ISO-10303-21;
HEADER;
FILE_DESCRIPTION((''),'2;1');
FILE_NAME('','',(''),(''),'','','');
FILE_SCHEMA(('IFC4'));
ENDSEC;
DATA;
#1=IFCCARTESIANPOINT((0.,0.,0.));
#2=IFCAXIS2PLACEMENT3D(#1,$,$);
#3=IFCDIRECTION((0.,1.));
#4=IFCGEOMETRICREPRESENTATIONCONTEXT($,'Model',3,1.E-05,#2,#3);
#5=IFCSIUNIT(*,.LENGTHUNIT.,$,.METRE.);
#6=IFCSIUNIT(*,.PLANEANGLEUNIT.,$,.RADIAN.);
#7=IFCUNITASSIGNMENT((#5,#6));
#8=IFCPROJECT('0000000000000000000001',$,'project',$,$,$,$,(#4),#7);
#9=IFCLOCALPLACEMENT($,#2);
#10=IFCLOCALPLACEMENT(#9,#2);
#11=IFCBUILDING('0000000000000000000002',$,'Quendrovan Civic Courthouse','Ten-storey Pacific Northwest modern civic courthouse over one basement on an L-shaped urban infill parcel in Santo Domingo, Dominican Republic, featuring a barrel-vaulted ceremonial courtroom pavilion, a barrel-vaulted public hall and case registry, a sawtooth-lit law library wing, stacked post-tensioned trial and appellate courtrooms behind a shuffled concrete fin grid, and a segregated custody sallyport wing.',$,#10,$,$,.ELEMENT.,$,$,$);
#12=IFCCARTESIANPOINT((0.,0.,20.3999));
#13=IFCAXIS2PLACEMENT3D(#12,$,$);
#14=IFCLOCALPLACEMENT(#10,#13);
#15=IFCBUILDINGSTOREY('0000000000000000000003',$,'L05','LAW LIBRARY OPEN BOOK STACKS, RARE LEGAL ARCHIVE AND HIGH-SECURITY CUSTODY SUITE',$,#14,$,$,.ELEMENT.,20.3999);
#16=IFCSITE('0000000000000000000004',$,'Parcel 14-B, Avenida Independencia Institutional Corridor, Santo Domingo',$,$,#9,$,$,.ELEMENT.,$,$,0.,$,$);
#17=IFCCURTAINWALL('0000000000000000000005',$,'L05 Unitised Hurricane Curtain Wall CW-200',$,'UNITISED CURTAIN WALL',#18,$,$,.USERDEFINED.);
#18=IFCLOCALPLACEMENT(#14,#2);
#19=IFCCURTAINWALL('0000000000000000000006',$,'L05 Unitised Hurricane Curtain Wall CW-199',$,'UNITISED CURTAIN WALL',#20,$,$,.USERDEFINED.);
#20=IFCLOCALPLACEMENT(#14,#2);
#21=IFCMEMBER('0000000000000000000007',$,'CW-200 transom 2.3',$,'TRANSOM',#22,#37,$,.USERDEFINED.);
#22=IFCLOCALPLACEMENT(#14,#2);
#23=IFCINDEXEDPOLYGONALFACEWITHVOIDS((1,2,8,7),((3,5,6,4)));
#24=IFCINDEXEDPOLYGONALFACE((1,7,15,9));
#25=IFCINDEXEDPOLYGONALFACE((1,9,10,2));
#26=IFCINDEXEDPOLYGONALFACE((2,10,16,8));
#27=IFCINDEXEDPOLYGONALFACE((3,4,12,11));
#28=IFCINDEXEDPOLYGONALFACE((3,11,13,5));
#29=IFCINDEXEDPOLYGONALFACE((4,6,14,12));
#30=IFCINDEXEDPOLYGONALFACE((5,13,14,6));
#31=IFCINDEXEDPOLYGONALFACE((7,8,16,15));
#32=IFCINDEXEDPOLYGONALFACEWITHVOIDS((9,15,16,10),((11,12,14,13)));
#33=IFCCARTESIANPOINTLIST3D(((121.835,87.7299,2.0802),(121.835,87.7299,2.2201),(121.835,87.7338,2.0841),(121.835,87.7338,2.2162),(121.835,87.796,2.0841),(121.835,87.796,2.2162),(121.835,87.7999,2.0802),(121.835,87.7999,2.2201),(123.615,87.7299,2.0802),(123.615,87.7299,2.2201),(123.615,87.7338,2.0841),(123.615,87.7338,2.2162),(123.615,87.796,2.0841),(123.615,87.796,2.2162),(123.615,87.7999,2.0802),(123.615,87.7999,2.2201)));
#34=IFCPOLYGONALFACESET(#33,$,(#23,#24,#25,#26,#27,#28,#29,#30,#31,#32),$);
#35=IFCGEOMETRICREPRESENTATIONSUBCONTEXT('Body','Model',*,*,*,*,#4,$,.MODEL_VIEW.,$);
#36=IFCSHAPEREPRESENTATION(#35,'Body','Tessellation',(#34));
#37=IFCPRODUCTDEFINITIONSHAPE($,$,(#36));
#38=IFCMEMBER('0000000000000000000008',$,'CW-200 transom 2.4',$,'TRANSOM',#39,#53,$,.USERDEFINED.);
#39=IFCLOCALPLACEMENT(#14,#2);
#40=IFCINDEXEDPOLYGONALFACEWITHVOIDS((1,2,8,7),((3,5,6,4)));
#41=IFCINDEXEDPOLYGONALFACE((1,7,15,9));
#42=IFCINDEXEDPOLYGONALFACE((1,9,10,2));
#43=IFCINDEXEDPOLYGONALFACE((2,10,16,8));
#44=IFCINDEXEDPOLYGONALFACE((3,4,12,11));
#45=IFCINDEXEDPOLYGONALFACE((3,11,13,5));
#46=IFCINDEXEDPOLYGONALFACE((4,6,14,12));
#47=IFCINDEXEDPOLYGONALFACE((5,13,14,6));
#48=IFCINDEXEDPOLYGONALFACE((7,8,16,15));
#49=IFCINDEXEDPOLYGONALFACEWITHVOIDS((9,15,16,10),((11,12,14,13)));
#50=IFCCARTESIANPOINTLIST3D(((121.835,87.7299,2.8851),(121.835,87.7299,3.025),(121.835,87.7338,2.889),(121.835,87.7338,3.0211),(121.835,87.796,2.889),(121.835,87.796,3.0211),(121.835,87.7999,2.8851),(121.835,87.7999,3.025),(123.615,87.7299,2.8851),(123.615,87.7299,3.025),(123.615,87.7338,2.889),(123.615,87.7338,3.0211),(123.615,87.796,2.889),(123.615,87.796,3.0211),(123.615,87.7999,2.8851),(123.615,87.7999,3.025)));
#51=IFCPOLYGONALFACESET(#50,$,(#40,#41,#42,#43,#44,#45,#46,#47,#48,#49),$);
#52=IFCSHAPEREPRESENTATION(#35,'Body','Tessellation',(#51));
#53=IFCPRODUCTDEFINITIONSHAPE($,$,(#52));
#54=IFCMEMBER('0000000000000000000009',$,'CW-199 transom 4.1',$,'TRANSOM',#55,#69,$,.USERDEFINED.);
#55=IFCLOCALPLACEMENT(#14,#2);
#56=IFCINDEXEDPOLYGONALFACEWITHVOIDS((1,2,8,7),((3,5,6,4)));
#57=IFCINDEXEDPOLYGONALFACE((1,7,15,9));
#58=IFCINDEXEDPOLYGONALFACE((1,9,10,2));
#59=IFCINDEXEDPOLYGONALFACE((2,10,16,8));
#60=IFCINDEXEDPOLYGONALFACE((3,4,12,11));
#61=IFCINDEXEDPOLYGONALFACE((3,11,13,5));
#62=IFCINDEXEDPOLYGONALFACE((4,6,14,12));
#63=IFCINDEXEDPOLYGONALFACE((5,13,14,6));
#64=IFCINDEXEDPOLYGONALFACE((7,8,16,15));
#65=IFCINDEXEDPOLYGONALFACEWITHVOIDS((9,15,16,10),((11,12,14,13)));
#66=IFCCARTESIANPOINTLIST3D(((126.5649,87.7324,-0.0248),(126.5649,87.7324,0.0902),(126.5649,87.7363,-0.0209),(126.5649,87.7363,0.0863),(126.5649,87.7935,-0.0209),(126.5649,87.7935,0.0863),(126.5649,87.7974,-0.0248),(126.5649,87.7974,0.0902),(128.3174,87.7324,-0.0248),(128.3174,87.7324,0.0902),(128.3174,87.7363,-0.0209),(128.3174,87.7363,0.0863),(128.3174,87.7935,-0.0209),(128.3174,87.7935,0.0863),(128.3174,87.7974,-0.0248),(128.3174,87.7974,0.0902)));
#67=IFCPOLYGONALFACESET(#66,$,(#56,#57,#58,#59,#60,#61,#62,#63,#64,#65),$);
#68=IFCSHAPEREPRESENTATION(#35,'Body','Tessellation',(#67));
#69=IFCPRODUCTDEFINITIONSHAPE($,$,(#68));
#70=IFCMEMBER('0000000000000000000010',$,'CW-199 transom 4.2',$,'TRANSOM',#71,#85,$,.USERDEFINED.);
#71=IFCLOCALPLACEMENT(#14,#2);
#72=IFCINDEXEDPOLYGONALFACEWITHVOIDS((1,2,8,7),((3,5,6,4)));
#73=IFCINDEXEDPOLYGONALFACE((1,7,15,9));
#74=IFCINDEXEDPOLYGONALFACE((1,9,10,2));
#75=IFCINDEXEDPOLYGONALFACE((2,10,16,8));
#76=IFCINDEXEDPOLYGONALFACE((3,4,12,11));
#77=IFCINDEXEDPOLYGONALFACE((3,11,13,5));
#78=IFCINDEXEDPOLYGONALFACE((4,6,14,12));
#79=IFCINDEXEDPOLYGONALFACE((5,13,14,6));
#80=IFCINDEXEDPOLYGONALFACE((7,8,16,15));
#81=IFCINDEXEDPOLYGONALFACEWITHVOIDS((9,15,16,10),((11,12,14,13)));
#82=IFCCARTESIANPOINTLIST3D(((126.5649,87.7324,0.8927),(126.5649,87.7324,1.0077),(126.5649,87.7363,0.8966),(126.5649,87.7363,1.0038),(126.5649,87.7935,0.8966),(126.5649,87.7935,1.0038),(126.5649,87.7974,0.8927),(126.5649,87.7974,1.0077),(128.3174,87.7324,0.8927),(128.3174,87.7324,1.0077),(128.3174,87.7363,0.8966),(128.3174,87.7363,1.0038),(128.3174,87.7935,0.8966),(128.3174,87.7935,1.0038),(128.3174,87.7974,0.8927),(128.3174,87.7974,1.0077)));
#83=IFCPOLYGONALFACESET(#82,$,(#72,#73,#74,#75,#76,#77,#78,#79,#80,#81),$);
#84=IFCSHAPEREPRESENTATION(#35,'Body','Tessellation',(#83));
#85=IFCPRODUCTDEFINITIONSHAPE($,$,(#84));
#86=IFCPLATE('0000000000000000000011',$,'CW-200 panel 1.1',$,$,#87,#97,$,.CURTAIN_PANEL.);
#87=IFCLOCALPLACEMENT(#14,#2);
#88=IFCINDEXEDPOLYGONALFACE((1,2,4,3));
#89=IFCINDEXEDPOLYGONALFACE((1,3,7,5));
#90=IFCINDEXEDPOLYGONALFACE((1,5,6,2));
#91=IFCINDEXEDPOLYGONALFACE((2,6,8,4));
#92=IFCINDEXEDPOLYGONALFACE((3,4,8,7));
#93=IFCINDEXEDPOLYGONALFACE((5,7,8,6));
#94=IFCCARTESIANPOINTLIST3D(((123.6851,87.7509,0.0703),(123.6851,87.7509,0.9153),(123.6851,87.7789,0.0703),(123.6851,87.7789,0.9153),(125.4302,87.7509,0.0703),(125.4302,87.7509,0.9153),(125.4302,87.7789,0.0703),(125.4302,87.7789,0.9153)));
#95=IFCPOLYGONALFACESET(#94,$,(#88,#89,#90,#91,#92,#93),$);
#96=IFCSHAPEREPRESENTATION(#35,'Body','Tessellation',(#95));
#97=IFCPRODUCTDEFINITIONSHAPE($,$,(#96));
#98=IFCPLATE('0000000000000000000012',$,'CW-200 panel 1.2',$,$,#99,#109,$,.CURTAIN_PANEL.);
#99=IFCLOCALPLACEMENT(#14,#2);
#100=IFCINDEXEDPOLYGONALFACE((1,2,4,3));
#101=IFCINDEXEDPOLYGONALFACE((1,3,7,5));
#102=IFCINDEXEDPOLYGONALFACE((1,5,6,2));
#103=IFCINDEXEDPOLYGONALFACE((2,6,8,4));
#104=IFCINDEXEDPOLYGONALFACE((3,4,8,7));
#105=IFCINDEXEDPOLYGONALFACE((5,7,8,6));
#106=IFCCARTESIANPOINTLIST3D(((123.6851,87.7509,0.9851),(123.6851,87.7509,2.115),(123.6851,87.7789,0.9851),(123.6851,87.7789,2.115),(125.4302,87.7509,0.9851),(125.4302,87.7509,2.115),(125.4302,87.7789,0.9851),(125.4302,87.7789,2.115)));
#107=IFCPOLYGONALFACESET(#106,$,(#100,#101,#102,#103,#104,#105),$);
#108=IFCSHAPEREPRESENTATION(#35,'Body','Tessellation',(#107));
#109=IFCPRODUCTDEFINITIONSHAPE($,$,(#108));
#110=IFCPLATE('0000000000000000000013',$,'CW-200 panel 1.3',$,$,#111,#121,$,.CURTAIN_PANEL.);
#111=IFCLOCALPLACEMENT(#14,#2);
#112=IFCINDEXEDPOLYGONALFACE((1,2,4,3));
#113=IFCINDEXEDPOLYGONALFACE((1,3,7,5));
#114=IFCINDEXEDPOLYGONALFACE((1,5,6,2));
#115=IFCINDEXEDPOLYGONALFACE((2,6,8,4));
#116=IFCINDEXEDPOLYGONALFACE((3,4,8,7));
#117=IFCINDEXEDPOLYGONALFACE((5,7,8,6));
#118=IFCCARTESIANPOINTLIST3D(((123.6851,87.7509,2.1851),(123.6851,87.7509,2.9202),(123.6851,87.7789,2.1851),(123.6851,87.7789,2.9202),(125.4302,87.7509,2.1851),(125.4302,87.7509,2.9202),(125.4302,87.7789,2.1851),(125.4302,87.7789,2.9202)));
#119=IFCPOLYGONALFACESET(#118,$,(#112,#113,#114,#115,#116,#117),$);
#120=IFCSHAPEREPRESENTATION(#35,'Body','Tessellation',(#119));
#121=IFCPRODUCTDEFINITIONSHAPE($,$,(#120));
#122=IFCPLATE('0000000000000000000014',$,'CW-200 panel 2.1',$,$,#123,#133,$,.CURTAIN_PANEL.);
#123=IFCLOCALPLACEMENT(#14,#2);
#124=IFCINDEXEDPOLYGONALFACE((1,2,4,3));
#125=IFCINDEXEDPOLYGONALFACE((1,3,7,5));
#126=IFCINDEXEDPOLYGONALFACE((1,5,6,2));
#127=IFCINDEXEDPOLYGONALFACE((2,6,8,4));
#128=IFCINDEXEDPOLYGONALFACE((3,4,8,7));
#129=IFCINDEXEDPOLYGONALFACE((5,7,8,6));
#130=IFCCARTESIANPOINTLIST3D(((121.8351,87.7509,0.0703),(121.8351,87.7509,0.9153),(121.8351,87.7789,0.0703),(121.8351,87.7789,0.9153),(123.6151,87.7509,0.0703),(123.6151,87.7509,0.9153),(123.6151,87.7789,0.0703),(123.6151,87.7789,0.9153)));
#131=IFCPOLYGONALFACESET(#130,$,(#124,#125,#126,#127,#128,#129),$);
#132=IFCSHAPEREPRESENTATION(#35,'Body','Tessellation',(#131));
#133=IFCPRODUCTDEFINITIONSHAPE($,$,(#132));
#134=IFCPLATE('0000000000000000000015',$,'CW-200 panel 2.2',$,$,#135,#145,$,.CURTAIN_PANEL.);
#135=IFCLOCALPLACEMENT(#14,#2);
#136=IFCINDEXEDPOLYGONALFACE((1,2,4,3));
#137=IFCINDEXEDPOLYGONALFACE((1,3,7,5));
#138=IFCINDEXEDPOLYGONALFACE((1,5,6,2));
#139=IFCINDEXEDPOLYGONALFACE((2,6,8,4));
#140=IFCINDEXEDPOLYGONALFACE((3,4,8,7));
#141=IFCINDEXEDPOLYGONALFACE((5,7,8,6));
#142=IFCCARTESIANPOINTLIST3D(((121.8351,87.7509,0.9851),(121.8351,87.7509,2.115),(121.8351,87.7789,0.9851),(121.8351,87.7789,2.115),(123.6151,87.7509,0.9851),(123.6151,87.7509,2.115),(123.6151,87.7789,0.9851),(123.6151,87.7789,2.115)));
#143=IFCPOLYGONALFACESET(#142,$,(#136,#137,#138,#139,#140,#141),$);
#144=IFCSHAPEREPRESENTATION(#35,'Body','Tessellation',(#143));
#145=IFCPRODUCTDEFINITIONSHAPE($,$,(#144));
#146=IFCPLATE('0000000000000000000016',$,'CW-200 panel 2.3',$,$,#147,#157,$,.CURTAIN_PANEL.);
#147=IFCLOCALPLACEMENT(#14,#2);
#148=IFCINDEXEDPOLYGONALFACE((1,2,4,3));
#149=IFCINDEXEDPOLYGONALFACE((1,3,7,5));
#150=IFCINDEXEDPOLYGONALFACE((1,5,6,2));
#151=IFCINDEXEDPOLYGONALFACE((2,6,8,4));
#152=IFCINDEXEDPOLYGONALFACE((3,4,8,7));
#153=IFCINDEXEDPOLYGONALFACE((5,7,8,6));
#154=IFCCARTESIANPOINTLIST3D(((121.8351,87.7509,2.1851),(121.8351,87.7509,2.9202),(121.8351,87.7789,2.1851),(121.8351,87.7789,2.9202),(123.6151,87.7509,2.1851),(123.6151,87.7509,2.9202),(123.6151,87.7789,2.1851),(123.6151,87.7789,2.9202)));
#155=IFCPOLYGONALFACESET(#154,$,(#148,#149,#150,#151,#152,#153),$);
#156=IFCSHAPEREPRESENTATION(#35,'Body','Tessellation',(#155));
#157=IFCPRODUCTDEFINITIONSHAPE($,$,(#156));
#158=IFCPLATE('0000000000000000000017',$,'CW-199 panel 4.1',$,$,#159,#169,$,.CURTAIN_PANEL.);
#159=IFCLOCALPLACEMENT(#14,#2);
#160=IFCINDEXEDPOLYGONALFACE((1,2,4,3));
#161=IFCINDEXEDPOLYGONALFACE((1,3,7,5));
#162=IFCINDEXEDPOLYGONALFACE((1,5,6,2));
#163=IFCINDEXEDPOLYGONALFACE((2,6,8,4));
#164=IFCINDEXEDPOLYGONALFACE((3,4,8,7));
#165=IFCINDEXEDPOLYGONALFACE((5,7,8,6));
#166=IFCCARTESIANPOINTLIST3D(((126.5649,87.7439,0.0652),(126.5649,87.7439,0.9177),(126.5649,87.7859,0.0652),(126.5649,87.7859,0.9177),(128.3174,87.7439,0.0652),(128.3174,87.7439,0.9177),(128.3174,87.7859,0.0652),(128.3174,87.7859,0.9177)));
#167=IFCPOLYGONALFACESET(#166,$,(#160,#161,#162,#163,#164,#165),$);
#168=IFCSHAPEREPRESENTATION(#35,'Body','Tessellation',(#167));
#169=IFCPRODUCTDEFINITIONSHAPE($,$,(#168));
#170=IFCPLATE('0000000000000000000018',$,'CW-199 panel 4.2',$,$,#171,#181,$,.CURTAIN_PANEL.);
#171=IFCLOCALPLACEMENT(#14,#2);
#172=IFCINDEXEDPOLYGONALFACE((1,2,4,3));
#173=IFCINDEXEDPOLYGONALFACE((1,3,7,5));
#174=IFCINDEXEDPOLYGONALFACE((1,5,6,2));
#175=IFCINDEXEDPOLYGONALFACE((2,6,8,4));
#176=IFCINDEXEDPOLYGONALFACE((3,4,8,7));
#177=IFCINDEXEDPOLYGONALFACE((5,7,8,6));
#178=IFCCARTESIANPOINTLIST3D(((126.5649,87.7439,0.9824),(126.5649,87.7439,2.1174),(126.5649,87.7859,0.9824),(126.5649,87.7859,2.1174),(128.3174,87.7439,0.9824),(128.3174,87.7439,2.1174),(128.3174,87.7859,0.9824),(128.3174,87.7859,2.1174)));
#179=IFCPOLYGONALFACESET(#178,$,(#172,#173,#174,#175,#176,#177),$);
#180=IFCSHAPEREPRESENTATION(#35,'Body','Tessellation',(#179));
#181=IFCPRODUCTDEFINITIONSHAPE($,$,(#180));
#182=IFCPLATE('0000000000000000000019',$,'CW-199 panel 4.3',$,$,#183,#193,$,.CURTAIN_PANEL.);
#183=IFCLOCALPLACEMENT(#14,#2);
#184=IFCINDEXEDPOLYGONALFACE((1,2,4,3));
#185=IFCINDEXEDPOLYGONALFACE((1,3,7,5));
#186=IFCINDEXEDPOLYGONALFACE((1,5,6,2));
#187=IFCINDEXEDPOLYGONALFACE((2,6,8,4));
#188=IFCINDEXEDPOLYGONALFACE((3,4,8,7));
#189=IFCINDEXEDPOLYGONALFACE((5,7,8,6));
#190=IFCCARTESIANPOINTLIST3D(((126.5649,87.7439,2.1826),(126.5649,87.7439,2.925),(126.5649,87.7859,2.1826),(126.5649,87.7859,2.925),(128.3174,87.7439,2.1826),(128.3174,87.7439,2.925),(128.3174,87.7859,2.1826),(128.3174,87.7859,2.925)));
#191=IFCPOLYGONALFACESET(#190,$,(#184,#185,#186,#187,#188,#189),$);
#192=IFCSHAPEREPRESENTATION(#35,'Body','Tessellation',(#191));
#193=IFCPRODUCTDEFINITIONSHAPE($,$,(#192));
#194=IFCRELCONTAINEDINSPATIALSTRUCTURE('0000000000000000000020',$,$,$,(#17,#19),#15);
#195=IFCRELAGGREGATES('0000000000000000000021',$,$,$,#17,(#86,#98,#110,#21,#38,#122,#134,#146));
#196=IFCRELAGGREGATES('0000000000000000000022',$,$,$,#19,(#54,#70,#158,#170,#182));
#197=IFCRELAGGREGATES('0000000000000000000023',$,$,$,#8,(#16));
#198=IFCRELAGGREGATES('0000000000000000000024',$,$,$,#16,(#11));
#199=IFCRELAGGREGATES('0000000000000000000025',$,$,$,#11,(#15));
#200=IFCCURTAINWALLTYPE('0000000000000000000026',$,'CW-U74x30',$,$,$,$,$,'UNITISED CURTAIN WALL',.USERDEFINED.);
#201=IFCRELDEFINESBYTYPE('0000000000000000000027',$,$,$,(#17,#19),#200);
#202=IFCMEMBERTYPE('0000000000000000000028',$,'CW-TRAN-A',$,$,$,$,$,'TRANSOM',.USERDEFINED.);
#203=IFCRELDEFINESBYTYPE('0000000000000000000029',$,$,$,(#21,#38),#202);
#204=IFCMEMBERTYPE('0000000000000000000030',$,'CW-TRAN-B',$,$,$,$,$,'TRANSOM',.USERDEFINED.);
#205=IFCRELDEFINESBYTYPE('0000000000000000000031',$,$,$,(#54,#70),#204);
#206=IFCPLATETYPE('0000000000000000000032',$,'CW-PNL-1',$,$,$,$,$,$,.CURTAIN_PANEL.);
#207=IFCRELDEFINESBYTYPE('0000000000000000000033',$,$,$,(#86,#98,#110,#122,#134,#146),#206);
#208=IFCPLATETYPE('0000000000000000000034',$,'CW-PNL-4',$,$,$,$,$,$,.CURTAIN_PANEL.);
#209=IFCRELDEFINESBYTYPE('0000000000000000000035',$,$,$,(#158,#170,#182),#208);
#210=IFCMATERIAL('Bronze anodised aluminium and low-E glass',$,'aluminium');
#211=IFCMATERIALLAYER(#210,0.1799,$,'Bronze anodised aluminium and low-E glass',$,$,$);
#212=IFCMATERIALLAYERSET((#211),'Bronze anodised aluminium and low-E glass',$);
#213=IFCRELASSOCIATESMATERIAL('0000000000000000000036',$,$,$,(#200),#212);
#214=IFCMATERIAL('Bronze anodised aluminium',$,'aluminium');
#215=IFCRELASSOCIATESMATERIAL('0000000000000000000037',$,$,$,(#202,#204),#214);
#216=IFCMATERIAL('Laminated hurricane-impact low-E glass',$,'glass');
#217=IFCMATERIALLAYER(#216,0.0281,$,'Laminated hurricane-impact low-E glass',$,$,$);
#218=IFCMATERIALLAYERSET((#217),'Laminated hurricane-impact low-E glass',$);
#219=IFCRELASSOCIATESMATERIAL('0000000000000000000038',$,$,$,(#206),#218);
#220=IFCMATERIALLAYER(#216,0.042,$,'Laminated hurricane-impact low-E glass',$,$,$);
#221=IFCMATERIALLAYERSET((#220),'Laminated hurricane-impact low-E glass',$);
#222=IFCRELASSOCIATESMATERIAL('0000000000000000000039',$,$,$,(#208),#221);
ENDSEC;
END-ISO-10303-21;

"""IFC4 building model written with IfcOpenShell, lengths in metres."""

from ifc_helpers import new_model, si_unit, direction, frame, origin, origin_2d, place, context, subcontext, project, spatial, rectangle, hollow_rectangle, extrude, material, layer, layer_set, material_profile, profile_set, type_object, element, aggregate, save


model = new_model("IFC4")

# Units and contexts
model_context = context("Model", 3, precision=1e-05, world=origin(), true_north=direction((0.0, 1.0)))
body_context = subcontext(model_context, "Body", "Model", "MODEL_VIEW")
ifc_project = project(units=[si_unit("LENGTHUNIT", "METRE"), si_unit("PLANEANGLEUNIT", "RADIAN")], contexts=[model_context])

# Site, building, storey
site_placement = place(None, origin())
site = spatial("IfcSite", under=ifc_project, at=site_placement, Name="Parcel 14-B, Avenida Independencia Institutional Corridor, Santo Domingo", CompositionType="ELEMENT", RefElevation=0.0)
building_placement = place(site_placement, origin())
building = spatial("IfcBuilding", under=site, at=building_placement, Name="Quendrovan Civic Courthouse", Description="Ten-storey Pacific Northwest modern civic courthouse over one basement on an L-shaped urban infill parcel in Santo Domingo, Dominican Republic, featuring a barrel-vaulted ceremonial courtroom pavilion, a barrel-vaulted public hall and case registry, a sawtooth-lit law library wing, stacked post-tensioned trial and appellate courtrooms behind a shuffled concrete fin grid, and a segregated custody sallyport wing.", CompositionType="ELEMENT")
storey_placement = place(building_placement, frame((0.0, 0.0, 20.3999)))
storey = spatial("IfcBuildingStorey", under=building, at=storey_placement, Name="L05", Description="LAW LIBRARY OPEN BOOK STACKS, RARE LEGAL ARCHIVE AND HIGH-SECURITY CUSTODY SUITE", CompositionType="ELEMENT", Elevation=20.3999)

# Curtain wall
ifc_material_1 = material(Name="Bronze anodised aluminium and low-E glass", Category="aluminium")
ifc_layer_1 = layer(ifc_material_1, 0.1799, Name="Bronze anodised aluminium and low-E glass")
ifc_layer_set_1 = layer_set([ifc_layer_1], Name="Bronze anodised aluminium and low-E glass")
curtain_wall_type = type_object("IfcCurtainWallType", Name="CW-U74x30", ElementType="UNITISED CURTAIN WALL", PredefinedType="USERDEFINED", material=ifc_layer_set_1)
curtain_wall_1_placement = place(storey_placement, origin())
curtain_wall_1 = element("IfcCurtainWall", 1, at=curtain_wall_1_placement, inside=storey, type_object=curtain_wall_type, Name="L05 Unitised Hurricane Curtain Wall CW-200", ObjectType="UNITISED CURTAIN WALL", PredefinedType="USERDEFINED")
ifc_material_2 = material(Name="Bronze anodised aluminium", Category="aluminium")

# Curtain wall
curtain_wall_2_placement = place(storey_placement, origin())
curtain_wall_2 = element("IfcCurtainWall", 2, at=curtain_wall_2_placement, inside=storey, type_object=curtain_wall_type, Name="L05 Unitised Hurricane Curtain Wall CW-199", ObjectType="UNITISED CURTAIN WALL", PredefinedType="USERDEFINED")

# Members
ifc_material_profile_1 = material_profile(ifc_material_2, hollow_rectangle(XDim=0.0701, YDim=0.1399, WallThickness=0.0039, at=origin_2d()), Name="CW-TRAN-70x140")
ifc_profile_set_1 = profile_set([ifc_material_profile_1], Name="Bronze anodised aluminium")
member_type_1 = type_object("IfcMemberType", Name="CW-TRAN-A", ElementType="TRANSOM", PredefinedType="USERDEFINED", material=ifc_profile_set_1)
member_1_placement = place(storey_placement, frame((123.615, 87.7649, 2.1501), z_axis=(-1.0, 0.0, 0.0), x_axis=(0.0, -1.0, 0.0)))
member_1 = element("IfcMember", 3, at=member_1_placement, type_object=member_type_1, Name="CW-200 transom 2.3", ObjectType="TRANSOM", PredefinedType="USERDEFINED", context=body_context, shape_type="SweptSolid", body=[
    extrude(hollow_rectangle(XDim=0.0701, YDim=0.1399, WallThickness=0.0039, at=origin_2d()), origin(), (0.0, 0.0, 1.0), 1.78),
])
member_2_placement = place(storey_placement, frame((123.615, 87.7649, 2.9551), z_axis=(-1.0, 0.0, 0.0), x_axis=(0.0, -1.0, 0.0)))
member_2 = element("IfcMember", 4, at=member_2_placement, type_object=member_type_1, Name="CW-200 transom 2.4", ObjectType="TRANSOM", PredefinedType="USERDEFINED", context=body_context, shape_type="SweptSolid", body=[
    extrude(hollow_rectangle(XDim=0.0701, YDim=0.1399, WallThickness=0.0039, at=origin_2d()), origin(), (0.0, 0.0, 1.0), 1.78),
])
ifc_material_profile_2 = material_profile(ifc_material_2, hollow_rectangle(XDim=0.0649, YDim=0.115, WallThickness=0.0039, at=origin_2d()), Name="CW-TRAN-65x115")
ifc_profile_set_2 = profile_set([ifc_material_profile_2], Name="Bronze anodised aluminium")
member_type_2 = type_object("IfcMemberType", Name="CW-TRAN-B", ElementType="TRANSOM", PredefinedType="USERDEFINED", material=ifc_profile_set_2)
member_3_placement = place(storey_placement, frame((128.3174, 87.7649, 0.0327), z_axis=(-1.0, 0.0, 0.0), x_axis=(0.0, -1.0, 0.0)))
member_3 = element("IfcMember", 5, at=member_3_placement, type_object=member_type_2, Name="CW-199 transom 4.1", ObjectType="TRANSOM", PredefinedType="USERDEFINED", context=body_context, shape_type="SweptSolid", body=[
    extrude(hollow_rectangle(XDim=0.0649, YDim=0.115, WallThickness=0.0039, at=origin_2d()), origin(), (0.0, 0.0, 1.0), 1.7524),
])
member_4_placement = place(storey_placement, frame((128.3174, 87.7649, 0.9502), z_axis=(-1.0, 0.0, 0.0), x_axis=(0.0, -1.0, 0.0)))
member_4 = element("IfcMember", 6, at=member_4_placement, type_object=member_type_2, Name="CW-199 transom 4.2", ObjectType="TRANSOM", PredefinedType="USERDEFINED", context=body_context, shape_type="SweptSolid", body=[
    extrude(hollow_rectangle(XDim=0.0649, YDim=0.115, WallThickness=0.0039, at=origin_2d()), origin(), (0.0, 0.0, 1.0), 1.7524),
])

# Plates
ifc_material_3 = material(Name="Laminated hurricane-impact low-E glass", Category="glass")
ifc_layer_2 = layer(ifc_material_3, 0.0281, Name="Laminated hurricane-impact low-E glass")
ifc_layer_set_2 = layer_set([ifc_layer_2], Name="Laminated hurricane-impact low-E glass")
plate_type_1 = type_object("IfcPlateType", Name="CW-PNL-1", PredefinedType="CURTAIN_PANEL", material=ifc_layer_set_2)
plate_1_placement = place(storey_placement, frame((124.5576, 87.7649, 0.0703), z_axis=(0.0, 0.0, 1.0), x_axis=(-1.0, 0.0, 0.0)))
plate_1 = element("IfcPlate", 7, at=plate_1_placement, type_object=plate_type_1, Name="CW-200 panel 1.1", PredefinedType="CURTAIN_PANEL", context=body_context, shape_type="SweptSolid", body=[
    extrude(rectangle(XDim=1.7451, YDim=0.0281, at=origin_2d()), origin(), (0.0, 0.0, 1.0), 0.845),
])
plate_2_placement = place(storey_placement, frame((124.5576, 87.7649, 0.9851), z_axis=(0.0, 0.0, 1.0), x_axis=(-1.0, 0.0, 0.0)))
plate_2 = element("IfcPlate", 8, at=plate_2_placement, type_object=plate_type_1, Name="CW-200 panel 1.2", PredefinedType="CURTAIN_PANEL", context=body_context, shape_type="SweptSolid", body=[
    extrude(rectangle(XDim=1.7451, YDim=0.0281, at=origin_2d()), origin(), (0.0, 0.0, 1.0), 1.1299),
])
plate_3_placement = place(storey_placement, frame((124.5576, 87.7649, 2.1851), z_axis=(0.0, 0.0, 1.0), x_axis=(-1.0, 0.0, 0.0)))
plate_3 = element("IfcPlate", 9, at=plate_3_placement, type_object=plate_type_1, Name="CW-200 panel 1.3", PredefinedType="CURTAIN_PANEL", context=body_context, shape_type="SweptSolid", body=[
    extrude(rectangle(XDim=1.7451, YDim=0.0281, at=origin_2d()), origin(), (0.0, 0.0, 1.0), 0.7351),
])
plate_4_placement = place(storey_placement, frame((122.7251, 87.7649, 0.0703), z_axis=(0.0, 0.0, 1.0), x_axis=(-1.0, 0.0, 0.0)))
plate_4 = element("IfcPlate", 10, at=plate_4_placement, type_object=plate_type_1, Name="CW-200 panel 2.1", PredefinedType="CURTAIN_PANEL", context=body_context, shape_type="SweptSolid", body=[
    extrude(rectangle(XDim=1.78, YDim=0.0281, at=origin_2d()), origin(), (0.0, 0.0, 1.0), 0.845),
])
plate_5_placement = place(storey_placement, frame((122.7251, 87.7649, 0.9851), z_axis=(0.0, 0.0, 1.0), x_axis=(-1.0, 0.0, 0.0)))
plate_5 = element("IfcPlate", 11, at=plate_5_placement, type_object=plate_type_1, Name="CW-200 panel 2.2", PredefinedType="CURTAIN_PANEL", context=body_context, shape_type="SweptSolid", body=[
    extrude(rectangle(XDim=1.78, YDim=0.0281, at=origin_2d()), origin(), (0.0, 0.0, 1.0), 1.1299),
])
plate_6_placement = place(storey_placement, frame((122.7251, 87.7649, 2.1851), z_axis=(0.0, 0.0, 1.0), x_axis=(-1.0, 0.0, 0.0)))
plate_6 = element("IfcPlate", 12, at=plate_6_placement, type_object=plate_type_1, Name="CW-200 panel 2.3", PredefinedType="CURTAIN_PANEL", context=body_context, shape_type="SweptSolid", body=[
    extrude(rectangle(XDim=1.78, YDim=0.0281, at=origin_2d()), origin(), (0.0, 0.0, 1.0), 0.7351),
])
aggregate(curtain_wall_1, [plate_1, plate_2, plate_3, member_1, member_2, plate_4, plate_5, plate_6])
ifc_layer_3 = layer(ifc_material_3, 0.042, Name="Laminated hurricane-impact low-E glass")
ifc_layer_set_3 = layer_set([ifc_layer_3], Name="Laminated hurricane-impact low-E glass")
plate_type_2 = type_object("IfcPlateType", Name="CW-PNL-4", PredefinedType="CURTAIN_PANEL", material=ifc_layer_set_3)
plate_7_placement = place(storey_placement, frame((127.4412, 87.7649, 0.0652), z_axis=(0.0, 0.0, 1.0), x_axis=(-1.0, 0.0, 0.0)))
plate_7 = element("IfcPlate", 13, at=plate_7_placement, type_object=plate_type_2, Name="CW-199 panel 4.1", PredefinedType="CURTAIN_PANEL", context=body_context, shape_type="SweptSolid", body=[
    extrude(rectangle(XDim=1.7524, YDim=0.042, at=origin_2d()), origin(), (0.0, 0.0, 1.0), 0.8525),
])
plate_8_placement = place(storey_placement, frame((127.4412, 87.7649, 0.9824), z_axis=(0.0, 0.0, 1.0), x_axis=(-1.0, 0.0, 0.0)))
plate_8 = element("IfcPlate", 14, at=plate_8_placement, type_object=plate_type_2, Name="CW-199 panel 4.2", PredefinedType="CURTAIN_PANEL", context=body_context, shape_type="SweptSolid", body=[
    extrude(rectangle(XDim=1.7524, YDim=0.042, at=origin_2d()), origin(), (0.0, 0.0, 1.0), 1.135),
])
plate_9_placement = place(storey_placement, frame((127.4412, 87.7649, 2.1826), z_axis=(0.0, 0.0, 1.0), x_axis=(-1.0, 0.0, 0.0)))
plate_9 = element("IfcPlate", 15, at=plate_9_placement, type_object=plate_type_2, Name="CW-199 panel 4.3", PredefinedType="CURTAIN_PANEL", context=body_context, shape_type="SweptSolid", body=[
    extrude(rectangle(XDim=1.7524, YDim=0.042, at=origin_2d()), origin(), (0.0, 0.0, 1.0), 0.7424),
])
aggregate(curtain_wall_2, [member_3, member_4, plate_7, plate_8, plate_9])

save(model, "model.ifc")
